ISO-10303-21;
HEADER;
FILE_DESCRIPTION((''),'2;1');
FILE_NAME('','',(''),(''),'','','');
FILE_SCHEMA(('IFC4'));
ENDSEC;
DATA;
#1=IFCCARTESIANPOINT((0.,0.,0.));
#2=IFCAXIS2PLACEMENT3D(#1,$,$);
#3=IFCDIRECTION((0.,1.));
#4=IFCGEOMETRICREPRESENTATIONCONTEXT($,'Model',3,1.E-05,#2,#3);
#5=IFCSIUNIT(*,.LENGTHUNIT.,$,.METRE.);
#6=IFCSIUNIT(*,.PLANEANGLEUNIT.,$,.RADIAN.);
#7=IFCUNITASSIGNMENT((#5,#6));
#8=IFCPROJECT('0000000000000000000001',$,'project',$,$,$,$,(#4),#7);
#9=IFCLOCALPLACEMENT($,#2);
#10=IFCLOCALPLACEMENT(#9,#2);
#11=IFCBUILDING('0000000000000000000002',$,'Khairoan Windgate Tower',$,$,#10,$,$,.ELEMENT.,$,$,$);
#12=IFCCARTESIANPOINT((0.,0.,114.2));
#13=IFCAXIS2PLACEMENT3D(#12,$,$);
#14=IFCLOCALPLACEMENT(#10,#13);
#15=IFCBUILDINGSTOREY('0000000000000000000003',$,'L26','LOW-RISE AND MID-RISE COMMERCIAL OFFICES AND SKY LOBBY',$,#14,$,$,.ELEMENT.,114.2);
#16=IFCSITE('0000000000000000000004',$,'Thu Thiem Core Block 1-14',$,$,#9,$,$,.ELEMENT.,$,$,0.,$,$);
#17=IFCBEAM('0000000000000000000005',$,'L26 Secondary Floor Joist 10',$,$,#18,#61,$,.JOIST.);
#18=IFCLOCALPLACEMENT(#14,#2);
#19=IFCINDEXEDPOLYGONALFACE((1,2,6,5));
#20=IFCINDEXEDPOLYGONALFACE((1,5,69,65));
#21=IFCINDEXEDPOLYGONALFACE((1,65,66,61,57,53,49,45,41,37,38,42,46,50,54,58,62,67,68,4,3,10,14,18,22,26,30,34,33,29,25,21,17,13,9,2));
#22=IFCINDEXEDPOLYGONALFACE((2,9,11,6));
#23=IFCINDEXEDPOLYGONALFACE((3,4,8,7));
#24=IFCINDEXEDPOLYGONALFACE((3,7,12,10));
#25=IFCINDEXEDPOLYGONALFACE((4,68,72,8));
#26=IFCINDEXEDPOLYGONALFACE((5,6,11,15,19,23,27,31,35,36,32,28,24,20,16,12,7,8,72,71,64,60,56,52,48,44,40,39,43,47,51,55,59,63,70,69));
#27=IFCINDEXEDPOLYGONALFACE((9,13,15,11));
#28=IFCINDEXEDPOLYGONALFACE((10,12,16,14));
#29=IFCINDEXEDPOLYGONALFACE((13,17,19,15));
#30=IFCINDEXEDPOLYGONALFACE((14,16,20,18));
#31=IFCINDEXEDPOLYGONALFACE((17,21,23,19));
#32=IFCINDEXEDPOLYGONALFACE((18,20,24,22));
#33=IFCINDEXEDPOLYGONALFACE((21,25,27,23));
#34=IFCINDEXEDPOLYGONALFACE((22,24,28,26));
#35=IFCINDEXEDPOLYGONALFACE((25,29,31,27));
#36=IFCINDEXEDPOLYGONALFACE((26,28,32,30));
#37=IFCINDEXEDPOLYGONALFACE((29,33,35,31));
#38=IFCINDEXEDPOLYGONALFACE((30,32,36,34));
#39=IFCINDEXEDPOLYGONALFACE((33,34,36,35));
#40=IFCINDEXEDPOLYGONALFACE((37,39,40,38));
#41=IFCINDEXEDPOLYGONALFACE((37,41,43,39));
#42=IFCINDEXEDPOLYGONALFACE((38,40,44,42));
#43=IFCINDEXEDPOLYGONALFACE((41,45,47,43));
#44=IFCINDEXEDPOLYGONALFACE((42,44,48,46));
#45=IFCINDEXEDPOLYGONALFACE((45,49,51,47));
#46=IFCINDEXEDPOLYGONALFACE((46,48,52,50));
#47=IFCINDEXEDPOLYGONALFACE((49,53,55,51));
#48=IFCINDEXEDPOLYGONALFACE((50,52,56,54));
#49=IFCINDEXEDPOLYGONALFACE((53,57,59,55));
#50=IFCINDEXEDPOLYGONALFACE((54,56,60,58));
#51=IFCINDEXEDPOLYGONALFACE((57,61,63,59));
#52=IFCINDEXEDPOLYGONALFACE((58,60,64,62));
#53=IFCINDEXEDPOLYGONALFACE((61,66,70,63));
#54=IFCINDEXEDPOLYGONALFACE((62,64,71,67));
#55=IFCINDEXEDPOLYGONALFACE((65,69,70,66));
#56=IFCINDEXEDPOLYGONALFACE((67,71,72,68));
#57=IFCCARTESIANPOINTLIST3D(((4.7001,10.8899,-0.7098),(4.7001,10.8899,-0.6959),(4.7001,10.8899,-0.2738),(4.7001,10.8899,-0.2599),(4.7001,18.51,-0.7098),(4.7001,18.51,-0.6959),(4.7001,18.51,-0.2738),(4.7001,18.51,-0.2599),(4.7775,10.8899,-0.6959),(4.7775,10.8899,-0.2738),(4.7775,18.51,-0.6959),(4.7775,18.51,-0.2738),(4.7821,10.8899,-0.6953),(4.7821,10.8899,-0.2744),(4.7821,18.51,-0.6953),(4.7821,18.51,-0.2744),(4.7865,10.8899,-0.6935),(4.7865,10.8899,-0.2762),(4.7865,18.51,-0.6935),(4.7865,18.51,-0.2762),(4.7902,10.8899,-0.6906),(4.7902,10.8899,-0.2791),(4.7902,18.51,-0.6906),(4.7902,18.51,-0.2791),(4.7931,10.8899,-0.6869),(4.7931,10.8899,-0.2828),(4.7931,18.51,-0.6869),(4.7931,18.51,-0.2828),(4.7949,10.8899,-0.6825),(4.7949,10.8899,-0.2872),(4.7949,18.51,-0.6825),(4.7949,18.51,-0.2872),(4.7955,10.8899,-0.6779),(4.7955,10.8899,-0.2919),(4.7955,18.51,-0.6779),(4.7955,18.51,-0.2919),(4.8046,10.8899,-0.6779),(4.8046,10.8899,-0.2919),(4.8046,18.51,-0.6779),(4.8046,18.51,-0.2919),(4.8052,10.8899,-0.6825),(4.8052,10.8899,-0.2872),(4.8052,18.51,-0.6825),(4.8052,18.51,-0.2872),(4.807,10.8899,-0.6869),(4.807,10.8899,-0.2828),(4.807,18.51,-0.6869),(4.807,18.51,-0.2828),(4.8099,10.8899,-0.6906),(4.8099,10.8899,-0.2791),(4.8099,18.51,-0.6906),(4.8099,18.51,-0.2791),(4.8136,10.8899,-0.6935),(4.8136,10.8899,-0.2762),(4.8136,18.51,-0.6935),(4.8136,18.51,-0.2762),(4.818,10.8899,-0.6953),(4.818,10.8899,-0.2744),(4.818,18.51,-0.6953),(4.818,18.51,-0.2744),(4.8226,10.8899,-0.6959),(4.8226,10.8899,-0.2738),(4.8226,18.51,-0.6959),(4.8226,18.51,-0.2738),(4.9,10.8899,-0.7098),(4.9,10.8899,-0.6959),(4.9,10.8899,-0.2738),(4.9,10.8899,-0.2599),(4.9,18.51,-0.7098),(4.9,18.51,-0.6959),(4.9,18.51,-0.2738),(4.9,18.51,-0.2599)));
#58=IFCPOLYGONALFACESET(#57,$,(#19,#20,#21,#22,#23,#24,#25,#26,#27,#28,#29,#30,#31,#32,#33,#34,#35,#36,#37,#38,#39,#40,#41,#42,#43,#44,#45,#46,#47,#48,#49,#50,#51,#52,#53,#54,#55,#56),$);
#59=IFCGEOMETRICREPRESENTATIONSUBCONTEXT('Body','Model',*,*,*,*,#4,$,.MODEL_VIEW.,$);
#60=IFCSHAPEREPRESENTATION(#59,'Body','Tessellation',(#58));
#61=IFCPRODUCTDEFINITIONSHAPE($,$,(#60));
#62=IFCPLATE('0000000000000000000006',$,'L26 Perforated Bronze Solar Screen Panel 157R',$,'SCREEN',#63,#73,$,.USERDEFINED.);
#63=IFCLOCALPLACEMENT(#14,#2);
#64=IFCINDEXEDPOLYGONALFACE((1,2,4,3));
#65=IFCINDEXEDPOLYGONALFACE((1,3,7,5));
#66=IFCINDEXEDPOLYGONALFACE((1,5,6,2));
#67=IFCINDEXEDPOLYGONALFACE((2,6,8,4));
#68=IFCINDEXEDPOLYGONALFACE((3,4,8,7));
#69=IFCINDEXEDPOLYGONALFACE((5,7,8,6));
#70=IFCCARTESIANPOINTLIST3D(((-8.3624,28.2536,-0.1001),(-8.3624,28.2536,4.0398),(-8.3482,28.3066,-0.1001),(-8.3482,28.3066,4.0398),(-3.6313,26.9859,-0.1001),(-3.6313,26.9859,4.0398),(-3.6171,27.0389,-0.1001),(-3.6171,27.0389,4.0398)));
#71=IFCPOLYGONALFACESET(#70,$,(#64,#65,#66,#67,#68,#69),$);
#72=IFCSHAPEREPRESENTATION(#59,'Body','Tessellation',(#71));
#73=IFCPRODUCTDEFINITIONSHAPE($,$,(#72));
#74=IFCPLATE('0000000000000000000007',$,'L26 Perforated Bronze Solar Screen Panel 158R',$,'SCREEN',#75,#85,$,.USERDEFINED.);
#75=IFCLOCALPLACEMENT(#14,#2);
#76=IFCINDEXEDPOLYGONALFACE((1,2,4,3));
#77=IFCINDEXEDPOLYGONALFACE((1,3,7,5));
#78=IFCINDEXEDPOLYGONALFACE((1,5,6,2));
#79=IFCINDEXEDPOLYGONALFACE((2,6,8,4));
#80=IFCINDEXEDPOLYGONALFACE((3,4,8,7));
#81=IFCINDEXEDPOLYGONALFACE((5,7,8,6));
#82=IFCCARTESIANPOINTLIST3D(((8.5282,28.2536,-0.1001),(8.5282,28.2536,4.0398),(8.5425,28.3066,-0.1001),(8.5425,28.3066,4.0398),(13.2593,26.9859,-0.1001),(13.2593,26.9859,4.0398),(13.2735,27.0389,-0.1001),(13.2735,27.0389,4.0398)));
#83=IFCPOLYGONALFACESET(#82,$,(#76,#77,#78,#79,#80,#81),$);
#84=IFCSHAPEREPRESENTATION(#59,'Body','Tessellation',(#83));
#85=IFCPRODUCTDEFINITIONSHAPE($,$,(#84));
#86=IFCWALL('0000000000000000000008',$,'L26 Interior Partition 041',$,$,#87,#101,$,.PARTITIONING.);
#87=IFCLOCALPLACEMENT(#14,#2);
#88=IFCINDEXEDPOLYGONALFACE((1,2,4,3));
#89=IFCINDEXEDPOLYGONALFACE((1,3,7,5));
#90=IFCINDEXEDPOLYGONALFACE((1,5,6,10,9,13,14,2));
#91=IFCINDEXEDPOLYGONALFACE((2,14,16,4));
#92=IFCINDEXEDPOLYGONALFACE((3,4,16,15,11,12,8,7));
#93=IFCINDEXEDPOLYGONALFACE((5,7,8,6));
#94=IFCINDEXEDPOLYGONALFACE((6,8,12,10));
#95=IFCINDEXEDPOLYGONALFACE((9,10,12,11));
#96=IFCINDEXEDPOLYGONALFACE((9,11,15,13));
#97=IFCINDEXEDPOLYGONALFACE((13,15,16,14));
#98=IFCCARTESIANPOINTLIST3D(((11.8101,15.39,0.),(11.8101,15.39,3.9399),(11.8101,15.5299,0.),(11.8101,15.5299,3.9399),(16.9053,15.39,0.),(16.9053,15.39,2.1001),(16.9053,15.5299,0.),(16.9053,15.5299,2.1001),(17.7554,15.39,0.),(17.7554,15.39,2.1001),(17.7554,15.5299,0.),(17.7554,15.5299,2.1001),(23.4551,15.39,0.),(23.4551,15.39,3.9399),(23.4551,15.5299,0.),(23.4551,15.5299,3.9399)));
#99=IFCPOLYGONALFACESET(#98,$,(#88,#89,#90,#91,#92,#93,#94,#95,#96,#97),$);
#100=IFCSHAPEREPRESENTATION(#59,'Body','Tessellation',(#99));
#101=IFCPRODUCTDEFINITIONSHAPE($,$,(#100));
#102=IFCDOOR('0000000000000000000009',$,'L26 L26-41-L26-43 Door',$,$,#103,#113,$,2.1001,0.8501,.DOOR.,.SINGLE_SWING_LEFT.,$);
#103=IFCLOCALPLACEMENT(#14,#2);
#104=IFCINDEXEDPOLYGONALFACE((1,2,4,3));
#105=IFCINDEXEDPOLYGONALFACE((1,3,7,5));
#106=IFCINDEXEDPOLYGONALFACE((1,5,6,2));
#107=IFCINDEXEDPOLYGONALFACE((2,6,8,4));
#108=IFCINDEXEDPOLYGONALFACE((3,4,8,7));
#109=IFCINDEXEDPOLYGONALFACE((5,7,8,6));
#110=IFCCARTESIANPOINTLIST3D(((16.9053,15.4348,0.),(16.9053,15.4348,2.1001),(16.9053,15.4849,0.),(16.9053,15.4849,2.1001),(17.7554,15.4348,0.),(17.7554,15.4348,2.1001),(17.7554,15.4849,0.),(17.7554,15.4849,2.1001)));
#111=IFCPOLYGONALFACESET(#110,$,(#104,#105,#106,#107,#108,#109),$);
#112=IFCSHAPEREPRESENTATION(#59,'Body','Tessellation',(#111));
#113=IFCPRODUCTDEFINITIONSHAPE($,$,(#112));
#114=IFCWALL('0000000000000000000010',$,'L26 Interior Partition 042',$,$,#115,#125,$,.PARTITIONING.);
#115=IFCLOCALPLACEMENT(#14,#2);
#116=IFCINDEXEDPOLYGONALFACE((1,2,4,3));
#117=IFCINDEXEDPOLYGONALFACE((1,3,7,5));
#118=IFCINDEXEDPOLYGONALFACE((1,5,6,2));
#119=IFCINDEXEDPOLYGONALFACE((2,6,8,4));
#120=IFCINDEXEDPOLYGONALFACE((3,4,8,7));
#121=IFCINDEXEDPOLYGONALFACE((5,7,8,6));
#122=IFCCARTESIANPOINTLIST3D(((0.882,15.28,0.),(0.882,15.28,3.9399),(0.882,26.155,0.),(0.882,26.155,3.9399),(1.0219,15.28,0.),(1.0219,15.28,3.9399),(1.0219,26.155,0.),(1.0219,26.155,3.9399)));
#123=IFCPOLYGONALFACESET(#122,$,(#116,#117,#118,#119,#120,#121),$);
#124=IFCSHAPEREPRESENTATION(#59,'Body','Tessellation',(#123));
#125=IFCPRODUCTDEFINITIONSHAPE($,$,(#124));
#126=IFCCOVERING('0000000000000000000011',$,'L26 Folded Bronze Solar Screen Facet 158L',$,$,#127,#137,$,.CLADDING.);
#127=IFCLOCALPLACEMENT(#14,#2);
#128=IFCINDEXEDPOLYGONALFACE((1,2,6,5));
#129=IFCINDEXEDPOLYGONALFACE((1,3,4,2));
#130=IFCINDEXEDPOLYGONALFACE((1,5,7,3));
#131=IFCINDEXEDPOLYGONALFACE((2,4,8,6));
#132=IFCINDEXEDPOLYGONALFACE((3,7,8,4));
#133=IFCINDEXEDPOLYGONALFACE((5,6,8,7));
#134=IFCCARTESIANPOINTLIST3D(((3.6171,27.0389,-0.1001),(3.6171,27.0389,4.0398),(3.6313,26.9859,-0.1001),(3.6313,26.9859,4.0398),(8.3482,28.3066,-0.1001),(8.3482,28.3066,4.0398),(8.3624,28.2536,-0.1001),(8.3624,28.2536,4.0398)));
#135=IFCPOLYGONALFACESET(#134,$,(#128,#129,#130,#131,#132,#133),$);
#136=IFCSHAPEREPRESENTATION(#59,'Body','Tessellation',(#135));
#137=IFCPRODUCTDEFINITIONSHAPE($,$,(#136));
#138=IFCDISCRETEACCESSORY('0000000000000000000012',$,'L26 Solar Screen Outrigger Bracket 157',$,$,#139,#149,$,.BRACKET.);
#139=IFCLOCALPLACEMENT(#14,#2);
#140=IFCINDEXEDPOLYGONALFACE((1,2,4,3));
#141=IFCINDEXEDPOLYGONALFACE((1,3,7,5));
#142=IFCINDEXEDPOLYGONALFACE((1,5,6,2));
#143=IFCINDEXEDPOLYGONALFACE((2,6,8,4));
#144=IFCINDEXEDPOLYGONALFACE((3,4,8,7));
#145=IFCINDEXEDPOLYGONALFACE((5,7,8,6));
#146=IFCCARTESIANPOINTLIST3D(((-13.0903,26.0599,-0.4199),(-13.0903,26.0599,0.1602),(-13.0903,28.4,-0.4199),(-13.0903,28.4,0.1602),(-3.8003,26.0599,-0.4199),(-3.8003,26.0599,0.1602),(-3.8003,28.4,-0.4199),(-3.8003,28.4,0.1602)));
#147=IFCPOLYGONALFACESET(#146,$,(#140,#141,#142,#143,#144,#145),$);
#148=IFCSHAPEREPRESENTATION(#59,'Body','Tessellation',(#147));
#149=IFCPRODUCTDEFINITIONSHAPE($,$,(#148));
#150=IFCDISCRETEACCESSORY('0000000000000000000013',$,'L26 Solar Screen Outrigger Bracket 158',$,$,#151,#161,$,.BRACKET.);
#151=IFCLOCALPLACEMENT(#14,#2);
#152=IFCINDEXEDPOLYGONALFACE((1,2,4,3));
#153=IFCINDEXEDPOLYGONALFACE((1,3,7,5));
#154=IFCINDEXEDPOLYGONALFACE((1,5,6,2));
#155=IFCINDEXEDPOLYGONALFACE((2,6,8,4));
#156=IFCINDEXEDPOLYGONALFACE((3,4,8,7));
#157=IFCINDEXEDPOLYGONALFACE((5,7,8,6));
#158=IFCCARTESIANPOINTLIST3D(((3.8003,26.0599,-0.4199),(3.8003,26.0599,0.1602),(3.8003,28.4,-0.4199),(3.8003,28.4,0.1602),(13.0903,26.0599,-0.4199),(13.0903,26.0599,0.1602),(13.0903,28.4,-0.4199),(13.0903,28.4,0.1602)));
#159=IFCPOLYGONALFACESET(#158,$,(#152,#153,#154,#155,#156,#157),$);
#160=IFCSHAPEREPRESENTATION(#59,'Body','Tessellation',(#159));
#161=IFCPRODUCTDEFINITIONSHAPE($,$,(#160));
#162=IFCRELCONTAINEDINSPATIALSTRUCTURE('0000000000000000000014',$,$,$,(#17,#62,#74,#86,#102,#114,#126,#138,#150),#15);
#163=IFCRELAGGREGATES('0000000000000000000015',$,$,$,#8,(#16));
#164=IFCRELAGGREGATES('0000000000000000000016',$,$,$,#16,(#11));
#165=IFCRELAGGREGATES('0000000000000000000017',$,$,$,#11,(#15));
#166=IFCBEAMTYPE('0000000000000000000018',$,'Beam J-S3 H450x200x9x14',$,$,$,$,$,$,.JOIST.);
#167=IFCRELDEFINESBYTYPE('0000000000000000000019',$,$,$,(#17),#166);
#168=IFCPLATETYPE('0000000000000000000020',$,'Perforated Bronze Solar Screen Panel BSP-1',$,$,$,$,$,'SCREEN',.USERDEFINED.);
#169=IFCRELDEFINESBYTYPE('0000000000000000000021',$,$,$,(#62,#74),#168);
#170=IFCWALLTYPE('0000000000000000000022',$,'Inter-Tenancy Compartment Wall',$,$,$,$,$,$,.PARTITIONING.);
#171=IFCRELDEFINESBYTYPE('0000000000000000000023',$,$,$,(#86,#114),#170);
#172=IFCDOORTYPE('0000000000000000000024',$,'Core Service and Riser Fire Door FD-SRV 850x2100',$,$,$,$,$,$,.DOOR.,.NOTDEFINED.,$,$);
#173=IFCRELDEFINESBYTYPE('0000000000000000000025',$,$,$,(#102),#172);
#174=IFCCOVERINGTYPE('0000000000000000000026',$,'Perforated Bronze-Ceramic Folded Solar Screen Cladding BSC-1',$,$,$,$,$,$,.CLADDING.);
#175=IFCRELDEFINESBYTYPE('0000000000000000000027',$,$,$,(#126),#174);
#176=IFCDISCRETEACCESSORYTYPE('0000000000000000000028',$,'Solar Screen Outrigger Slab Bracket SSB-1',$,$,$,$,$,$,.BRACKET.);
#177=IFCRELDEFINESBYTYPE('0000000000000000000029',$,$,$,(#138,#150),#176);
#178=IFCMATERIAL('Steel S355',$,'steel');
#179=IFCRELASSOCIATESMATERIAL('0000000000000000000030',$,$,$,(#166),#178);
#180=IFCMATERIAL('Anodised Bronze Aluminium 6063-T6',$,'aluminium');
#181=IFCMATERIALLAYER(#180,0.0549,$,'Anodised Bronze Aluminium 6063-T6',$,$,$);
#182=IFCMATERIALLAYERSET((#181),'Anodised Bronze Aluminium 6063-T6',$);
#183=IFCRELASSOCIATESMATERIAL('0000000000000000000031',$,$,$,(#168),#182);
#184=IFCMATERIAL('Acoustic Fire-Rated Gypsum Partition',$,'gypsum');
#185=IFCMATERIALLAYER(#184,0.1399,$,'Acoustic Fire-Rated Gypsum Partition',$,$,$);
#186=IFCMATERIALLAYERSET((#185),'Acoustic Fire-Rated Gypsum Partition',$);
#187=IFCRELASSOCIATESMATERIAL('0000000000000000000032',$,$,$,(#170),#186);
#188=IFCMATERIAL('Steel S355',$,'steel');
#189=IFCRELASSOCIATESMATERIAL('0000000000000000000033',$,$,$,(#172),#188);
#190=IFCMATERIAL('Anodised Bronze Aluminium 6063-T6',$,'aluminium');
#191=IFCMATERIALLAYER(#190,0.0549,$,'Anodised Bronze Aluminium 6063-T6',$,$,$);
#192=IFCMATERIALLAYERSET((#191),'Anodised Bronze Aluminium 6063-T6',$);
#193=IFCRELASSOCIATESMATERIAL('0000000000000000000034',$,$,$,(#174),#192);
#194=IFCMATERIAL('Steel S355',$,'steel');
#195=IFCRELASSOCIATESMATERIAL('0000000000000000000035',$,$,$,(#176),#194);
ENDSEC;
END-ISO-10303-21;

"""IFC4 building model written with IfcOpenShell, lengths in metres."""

from ifc_helpers import new_model, si_unit, direction, frame, frame_2d, origin, origin_2d, place, context, subcontext, project, spatial, rectangle, i_section, extrude, material, layer, layer_set, material_profile, profile_set, type_object, element, fill, save


model = new_model("IFC4")

# Units and contexts
model_context = context("Model", 3, precision=1e-05, world=origin(), true_north=direction((0.0, 1.0)))
body_context = subcontext(model_context, "Body", "Model", "MODEL_VIEW")
ifc_project = project(units=[si_unit("LENGTHUNIT", "METRE"), si_unit("PLANEANGLEUNIT", "RADIAN")], contexts=[model_context])

# Site, building, storey
site_placement = place(None, origin())
site = spatial("IfcSite", under=ifc_project, at=site_placement, Name="Thu Thiem Core Block 1-14", CompositionType="ELEMENT", RefElevation=0.0)
building_placement = place(site_placement, origin())
building = spatial("IfcBuilding", under=site, at=building_placement, Name="Khairoan Windgate Tower", CompositionType="ELEMENT")
storey_placement = place(building_placement, frame((0.0, 0.0, 114.2)))
storey = spatial("IfcBuildingStorey", under=building, at=storey_placement, Name="L26", Description="LOW-RISE AND MID-RISE COMMERCIAL OFFICES AND SKY LOBBY", CompositionType="ELEMENT", Elevation=114.2)

# Beam
ifc_material_1 = material(Name="Steel S355", Category="steel")
ifc_material_profile_1 = material_profile(ifc_material_1, i_section(OverallWidth=0.2, OverallDepth=0.45, WebThickness=0.009, FlangeThickness=0.0139, FilletRadius=0.0181, at=origin_2d()))
ifc_profile_set_1 = profile_set([ifc_material_profile_1], Name="Steel S355")
beam_type_1 = type_object("IfcBeamType", Name="Beam J-S3 H450x200x9x14", PredefinedType="JOIST", material=ifc_profile_set_1)
for number, where, z_axis, x_axis, name in (
    (1, (4.8, 10.8899, -0.4849), (0.0, 1.0, 0.0), (-1.0, 0.0, 0.0), "L26 Secondary Floor Joist 10"),
):
    element("IfcBeam", number, at=place(storey_placement, frame(where, z_axis=z_axis, x_axis=x_axis)), inside=storey, type_object=beam_type_1, Name=name, PredefinedType="JOIST", context=body_context, shape_type="SweptSolid", body=[
        extrude(i_section(OverallWidth=0.2, OverallDepth=0.45, WebThickness=0.009, FlangeThickness=0.0139, FilletRadius=0.0181, at=origin_2d()), origin(), (0.0, 0.0, 1.0), 7.6201),
    ])

# Plates
ifc_material_2 = material(Name="Anodised Bronze Aluminium 6063-T6", Category="aluminium")
ifc_layer_1 = layer(ifc_material_2, 0.0549, Name="Anodised Bronze Aluminium 6063-T6")
ifc_layer_set_1 = layer_set([ifc_layer_1], Name="Anodised Bronze Aluminium 6063-T6")
plate_type = type_object("IfcPlateType", Name="Perforated Bronze Solar Screen Panel BSP-1", ElementType="SCREEN", PredefinedType="USERDEFINED", material=ifc_layer_set_1)
for number, where, z_axis, x_axis, name in (
    (2, (-5.9897, 27.6462, -0.1001), (0.0, 0.0, 1.0), (0.965926, -0.258819, 0.0), "L26 Perforated Bronze Solar Screen Panel 157R"),
    (3, (10.9009, 27.6462, -0.1001), (0.0, 0.0, 1.0), (0.965926, -0.258819, 0.0), "L26 Perforated Bronze Solar Screen Panel 158R"),
):
    element("IfcPlate", number, at=place(storey_placement, frame(where, z_axis=z_axis, x_axis=x_axis)), inside=storey, type_object=plate_type, Name=name, ObjectType="SCREEN", PredefinedType="USERDEFINED", context=body_context, shape_type="SweptSolid", body=[
        extrude(rectangle(XDim=4.8979, YDim=0.0549, at=origin_2d()), origin(), (0.0, 0.0, 1.0), 4.1399),
    ])

# Wall, opening, door
ifc_material_3 = material(Name="Acoustic Fire-Rated Gypsum Partition", Category="gypsum")
ifc_layer_2 = layer(ifc_material_3, 0.1399, Name="Acoustic Fire-Rated Gypsum Partition")
ifc_layer_set_2 = layer_set([ifc_layer_2], Name="Acoustic Fire-Rated Gypsum Partition")
wall_type = type_object("IfcWallType", Name="Inter-Tenancy Compartment Wall", PredefinedType="PARTITIONING", material=ifc_layer_set_2)
wall_1_placement = place(storey_placement, frame((11.8101, 15.46, 0.0), z_axis=(0.0, 0.0, 1.0), x_axis=(1.0, 0.0, 0.0)))
wall_1 = element("IfcWall", 4, at=wall_1_placement, inside=storey, type_object=wall_type, Name="L26 Interior Partition 041", PredefinedType="PARTITIONING", context=body_context, shape_type="SweptSolid", body=[
    extrude(rectangle(XDim=11.645, YDim=0.1399, at=frame_2d((5.8225, 0.0))), origin(), (0.0, 0.0, 1.0), 3.9399),
])
opening_placement = place(wall_1_placement, frame((5.0952, 0.0, 0.0)))
opening = element("IfcOpeningElement", 5, at=opening_placement, cuts=wall_1, PredefinedType="OPENING", context=body_context, shape_type="SweptSolid", body=[
    extrude(rectangle(XDim=0.8501, YDim=2.1001, at=frame_2d((0.425, 1.05))), frame((0.0, 0.0798, 0.0), z_axis=(0.0, -1.0, 0.0), x_axis=(1.0, 0.0, 0.0)), (0.0, 0.0, 1.0), 0.1599),
])
ifc_material_4 = material(Name="Steel S355", Category="steel")
door_type = type_object("IfcDoorType", Name="Core Service and Riser Fire Door FD-SRV 850x2100", OperationType="NOTDEFINED", PredefinedType="DOOR", material=ifc_material_4)
door_placement = place(opening_placement, origin())
door = element("IfcDoor", 6, at=door_placement, inside=storey, type_object=door_type, Name="L26 L26-41-L26-43 Door", OperationType="SINGLE_SWING_LEFT", OverallHeight=2.1001, OverallWidth=0.8501, PredefinedType="DOOR", context=body_context, shape_type="SweptSolid", body=[
    extrude(rectangle(XDim=0.8501, YDim=2.1001, at=frame_2d((0.425, 1.05))), frame((0.0, 0.0249, 0.0), z_axis=(0.0, -1.0, 0.0), x_axis=(1.0, 0.0, 0.0)), (0.0, 0.0, 1.0), 0.05),
])
fill(opening, door)

# Wall
wall_2_placement = place(storey_placement, frame((0.9519, 15.28, 0.0), z_axis=(0.0, 0.0, 1.0), x_axis=(0.0, 1.0, 0.0)))
element("IfcWall", 7, at=wall_2_placement, inside=storey, type_object=wall_type, Name="L26 Interior Partition 042", PredefinedType="PARTITIONING", context=body_context, shape_type="SweptSolid", body=[
    extrude(rectangle(XDim=10.875, YDim=0.1399, at=frame_2d((5.4375, 0.0))), origin(), (0.0, 0.0, 1.0), 3.9399),
])

# Covering
ifc_material_5 = material(Name="Anodised Bronze Aluminium 6063-T6", Category="aluminium")
ifc_layer_3 = layer(ifc_material_5, 0.0549, Name="Anodised Bronze Aluminium 6063-T6")
ifc_layer_set_3 = layer_set([ifc_layer_3], Name="Anodised Bronze Aluminium 6063-T6")
covering_type = type_object("IfcCoveringType", Name="Perforated Bronze-Ceramic Folded Solar Screen Cladding BSC-1", PredefinedType="CLADDING", material=ifc_layer_set_3)
covering_placement = place(storey_placement, frame((5.9897, 27.6462, -0.1001), z_axis=(0.0, 0.0, 1.0), x_axis=(0.965926, 0.258819, 0.0)))
element("IfcCovering", 8, at=covering_placement, inside=storey, type_object=covering_type, Name="L26 Folded Bronze Solar Screen Facet 158L", PredefinedType="CLADDING", context=body_context, shape_type="SweptSolid", body=[
    extrude(rectangle(XDim=4.8979, YDim=0.0549, at=origin_2d()), origin(), (0.0, 0.0, 1.0), 4.1399),
])

# Discrete accessories
ifc_material_6 = material(Name="Steel S355", Category="steel")
discrete_accessory_type = type_object("IfcDiscreteAccessoryType", Name="Solar Screen Outrigger Slab Bracket SSB-1", PredefinedType="BRACKET", material=ifc_material_6)
for number, where, z_axis, x_axis, name in (
    (9, (-8.4453, 27.23, -0.4199), (0.0, 0.0, 1.0), (1.0, 0.0, 0.0), "L26 Solar Screen Outrigger Bracket 157"),
    (10, (8.4453, 27.23, -0.4199), (0.0, 0.0, 1.0), (1.0, 0.0, 0.0), "L26 Solar Screen Outrigger Bracket 158"),
):
    element("IfcDiscreteAccessory", number, at=place(storey_placement, frame(where, z_axis=z_axis, x_axis=x_axis)), inside=storey, type_object=discrete_accessory_type, Name=name, PredefinedType="BRACKET", context=body_context, shape_type="SweptSolid", body=[
        extrude(rectangle(XDim=9.29, YDim=2.3401, at=origin_2d()), origin(), (0.0, 0.0, 1.0), 0.5801),
    ])

save(model, "model.ifc")
